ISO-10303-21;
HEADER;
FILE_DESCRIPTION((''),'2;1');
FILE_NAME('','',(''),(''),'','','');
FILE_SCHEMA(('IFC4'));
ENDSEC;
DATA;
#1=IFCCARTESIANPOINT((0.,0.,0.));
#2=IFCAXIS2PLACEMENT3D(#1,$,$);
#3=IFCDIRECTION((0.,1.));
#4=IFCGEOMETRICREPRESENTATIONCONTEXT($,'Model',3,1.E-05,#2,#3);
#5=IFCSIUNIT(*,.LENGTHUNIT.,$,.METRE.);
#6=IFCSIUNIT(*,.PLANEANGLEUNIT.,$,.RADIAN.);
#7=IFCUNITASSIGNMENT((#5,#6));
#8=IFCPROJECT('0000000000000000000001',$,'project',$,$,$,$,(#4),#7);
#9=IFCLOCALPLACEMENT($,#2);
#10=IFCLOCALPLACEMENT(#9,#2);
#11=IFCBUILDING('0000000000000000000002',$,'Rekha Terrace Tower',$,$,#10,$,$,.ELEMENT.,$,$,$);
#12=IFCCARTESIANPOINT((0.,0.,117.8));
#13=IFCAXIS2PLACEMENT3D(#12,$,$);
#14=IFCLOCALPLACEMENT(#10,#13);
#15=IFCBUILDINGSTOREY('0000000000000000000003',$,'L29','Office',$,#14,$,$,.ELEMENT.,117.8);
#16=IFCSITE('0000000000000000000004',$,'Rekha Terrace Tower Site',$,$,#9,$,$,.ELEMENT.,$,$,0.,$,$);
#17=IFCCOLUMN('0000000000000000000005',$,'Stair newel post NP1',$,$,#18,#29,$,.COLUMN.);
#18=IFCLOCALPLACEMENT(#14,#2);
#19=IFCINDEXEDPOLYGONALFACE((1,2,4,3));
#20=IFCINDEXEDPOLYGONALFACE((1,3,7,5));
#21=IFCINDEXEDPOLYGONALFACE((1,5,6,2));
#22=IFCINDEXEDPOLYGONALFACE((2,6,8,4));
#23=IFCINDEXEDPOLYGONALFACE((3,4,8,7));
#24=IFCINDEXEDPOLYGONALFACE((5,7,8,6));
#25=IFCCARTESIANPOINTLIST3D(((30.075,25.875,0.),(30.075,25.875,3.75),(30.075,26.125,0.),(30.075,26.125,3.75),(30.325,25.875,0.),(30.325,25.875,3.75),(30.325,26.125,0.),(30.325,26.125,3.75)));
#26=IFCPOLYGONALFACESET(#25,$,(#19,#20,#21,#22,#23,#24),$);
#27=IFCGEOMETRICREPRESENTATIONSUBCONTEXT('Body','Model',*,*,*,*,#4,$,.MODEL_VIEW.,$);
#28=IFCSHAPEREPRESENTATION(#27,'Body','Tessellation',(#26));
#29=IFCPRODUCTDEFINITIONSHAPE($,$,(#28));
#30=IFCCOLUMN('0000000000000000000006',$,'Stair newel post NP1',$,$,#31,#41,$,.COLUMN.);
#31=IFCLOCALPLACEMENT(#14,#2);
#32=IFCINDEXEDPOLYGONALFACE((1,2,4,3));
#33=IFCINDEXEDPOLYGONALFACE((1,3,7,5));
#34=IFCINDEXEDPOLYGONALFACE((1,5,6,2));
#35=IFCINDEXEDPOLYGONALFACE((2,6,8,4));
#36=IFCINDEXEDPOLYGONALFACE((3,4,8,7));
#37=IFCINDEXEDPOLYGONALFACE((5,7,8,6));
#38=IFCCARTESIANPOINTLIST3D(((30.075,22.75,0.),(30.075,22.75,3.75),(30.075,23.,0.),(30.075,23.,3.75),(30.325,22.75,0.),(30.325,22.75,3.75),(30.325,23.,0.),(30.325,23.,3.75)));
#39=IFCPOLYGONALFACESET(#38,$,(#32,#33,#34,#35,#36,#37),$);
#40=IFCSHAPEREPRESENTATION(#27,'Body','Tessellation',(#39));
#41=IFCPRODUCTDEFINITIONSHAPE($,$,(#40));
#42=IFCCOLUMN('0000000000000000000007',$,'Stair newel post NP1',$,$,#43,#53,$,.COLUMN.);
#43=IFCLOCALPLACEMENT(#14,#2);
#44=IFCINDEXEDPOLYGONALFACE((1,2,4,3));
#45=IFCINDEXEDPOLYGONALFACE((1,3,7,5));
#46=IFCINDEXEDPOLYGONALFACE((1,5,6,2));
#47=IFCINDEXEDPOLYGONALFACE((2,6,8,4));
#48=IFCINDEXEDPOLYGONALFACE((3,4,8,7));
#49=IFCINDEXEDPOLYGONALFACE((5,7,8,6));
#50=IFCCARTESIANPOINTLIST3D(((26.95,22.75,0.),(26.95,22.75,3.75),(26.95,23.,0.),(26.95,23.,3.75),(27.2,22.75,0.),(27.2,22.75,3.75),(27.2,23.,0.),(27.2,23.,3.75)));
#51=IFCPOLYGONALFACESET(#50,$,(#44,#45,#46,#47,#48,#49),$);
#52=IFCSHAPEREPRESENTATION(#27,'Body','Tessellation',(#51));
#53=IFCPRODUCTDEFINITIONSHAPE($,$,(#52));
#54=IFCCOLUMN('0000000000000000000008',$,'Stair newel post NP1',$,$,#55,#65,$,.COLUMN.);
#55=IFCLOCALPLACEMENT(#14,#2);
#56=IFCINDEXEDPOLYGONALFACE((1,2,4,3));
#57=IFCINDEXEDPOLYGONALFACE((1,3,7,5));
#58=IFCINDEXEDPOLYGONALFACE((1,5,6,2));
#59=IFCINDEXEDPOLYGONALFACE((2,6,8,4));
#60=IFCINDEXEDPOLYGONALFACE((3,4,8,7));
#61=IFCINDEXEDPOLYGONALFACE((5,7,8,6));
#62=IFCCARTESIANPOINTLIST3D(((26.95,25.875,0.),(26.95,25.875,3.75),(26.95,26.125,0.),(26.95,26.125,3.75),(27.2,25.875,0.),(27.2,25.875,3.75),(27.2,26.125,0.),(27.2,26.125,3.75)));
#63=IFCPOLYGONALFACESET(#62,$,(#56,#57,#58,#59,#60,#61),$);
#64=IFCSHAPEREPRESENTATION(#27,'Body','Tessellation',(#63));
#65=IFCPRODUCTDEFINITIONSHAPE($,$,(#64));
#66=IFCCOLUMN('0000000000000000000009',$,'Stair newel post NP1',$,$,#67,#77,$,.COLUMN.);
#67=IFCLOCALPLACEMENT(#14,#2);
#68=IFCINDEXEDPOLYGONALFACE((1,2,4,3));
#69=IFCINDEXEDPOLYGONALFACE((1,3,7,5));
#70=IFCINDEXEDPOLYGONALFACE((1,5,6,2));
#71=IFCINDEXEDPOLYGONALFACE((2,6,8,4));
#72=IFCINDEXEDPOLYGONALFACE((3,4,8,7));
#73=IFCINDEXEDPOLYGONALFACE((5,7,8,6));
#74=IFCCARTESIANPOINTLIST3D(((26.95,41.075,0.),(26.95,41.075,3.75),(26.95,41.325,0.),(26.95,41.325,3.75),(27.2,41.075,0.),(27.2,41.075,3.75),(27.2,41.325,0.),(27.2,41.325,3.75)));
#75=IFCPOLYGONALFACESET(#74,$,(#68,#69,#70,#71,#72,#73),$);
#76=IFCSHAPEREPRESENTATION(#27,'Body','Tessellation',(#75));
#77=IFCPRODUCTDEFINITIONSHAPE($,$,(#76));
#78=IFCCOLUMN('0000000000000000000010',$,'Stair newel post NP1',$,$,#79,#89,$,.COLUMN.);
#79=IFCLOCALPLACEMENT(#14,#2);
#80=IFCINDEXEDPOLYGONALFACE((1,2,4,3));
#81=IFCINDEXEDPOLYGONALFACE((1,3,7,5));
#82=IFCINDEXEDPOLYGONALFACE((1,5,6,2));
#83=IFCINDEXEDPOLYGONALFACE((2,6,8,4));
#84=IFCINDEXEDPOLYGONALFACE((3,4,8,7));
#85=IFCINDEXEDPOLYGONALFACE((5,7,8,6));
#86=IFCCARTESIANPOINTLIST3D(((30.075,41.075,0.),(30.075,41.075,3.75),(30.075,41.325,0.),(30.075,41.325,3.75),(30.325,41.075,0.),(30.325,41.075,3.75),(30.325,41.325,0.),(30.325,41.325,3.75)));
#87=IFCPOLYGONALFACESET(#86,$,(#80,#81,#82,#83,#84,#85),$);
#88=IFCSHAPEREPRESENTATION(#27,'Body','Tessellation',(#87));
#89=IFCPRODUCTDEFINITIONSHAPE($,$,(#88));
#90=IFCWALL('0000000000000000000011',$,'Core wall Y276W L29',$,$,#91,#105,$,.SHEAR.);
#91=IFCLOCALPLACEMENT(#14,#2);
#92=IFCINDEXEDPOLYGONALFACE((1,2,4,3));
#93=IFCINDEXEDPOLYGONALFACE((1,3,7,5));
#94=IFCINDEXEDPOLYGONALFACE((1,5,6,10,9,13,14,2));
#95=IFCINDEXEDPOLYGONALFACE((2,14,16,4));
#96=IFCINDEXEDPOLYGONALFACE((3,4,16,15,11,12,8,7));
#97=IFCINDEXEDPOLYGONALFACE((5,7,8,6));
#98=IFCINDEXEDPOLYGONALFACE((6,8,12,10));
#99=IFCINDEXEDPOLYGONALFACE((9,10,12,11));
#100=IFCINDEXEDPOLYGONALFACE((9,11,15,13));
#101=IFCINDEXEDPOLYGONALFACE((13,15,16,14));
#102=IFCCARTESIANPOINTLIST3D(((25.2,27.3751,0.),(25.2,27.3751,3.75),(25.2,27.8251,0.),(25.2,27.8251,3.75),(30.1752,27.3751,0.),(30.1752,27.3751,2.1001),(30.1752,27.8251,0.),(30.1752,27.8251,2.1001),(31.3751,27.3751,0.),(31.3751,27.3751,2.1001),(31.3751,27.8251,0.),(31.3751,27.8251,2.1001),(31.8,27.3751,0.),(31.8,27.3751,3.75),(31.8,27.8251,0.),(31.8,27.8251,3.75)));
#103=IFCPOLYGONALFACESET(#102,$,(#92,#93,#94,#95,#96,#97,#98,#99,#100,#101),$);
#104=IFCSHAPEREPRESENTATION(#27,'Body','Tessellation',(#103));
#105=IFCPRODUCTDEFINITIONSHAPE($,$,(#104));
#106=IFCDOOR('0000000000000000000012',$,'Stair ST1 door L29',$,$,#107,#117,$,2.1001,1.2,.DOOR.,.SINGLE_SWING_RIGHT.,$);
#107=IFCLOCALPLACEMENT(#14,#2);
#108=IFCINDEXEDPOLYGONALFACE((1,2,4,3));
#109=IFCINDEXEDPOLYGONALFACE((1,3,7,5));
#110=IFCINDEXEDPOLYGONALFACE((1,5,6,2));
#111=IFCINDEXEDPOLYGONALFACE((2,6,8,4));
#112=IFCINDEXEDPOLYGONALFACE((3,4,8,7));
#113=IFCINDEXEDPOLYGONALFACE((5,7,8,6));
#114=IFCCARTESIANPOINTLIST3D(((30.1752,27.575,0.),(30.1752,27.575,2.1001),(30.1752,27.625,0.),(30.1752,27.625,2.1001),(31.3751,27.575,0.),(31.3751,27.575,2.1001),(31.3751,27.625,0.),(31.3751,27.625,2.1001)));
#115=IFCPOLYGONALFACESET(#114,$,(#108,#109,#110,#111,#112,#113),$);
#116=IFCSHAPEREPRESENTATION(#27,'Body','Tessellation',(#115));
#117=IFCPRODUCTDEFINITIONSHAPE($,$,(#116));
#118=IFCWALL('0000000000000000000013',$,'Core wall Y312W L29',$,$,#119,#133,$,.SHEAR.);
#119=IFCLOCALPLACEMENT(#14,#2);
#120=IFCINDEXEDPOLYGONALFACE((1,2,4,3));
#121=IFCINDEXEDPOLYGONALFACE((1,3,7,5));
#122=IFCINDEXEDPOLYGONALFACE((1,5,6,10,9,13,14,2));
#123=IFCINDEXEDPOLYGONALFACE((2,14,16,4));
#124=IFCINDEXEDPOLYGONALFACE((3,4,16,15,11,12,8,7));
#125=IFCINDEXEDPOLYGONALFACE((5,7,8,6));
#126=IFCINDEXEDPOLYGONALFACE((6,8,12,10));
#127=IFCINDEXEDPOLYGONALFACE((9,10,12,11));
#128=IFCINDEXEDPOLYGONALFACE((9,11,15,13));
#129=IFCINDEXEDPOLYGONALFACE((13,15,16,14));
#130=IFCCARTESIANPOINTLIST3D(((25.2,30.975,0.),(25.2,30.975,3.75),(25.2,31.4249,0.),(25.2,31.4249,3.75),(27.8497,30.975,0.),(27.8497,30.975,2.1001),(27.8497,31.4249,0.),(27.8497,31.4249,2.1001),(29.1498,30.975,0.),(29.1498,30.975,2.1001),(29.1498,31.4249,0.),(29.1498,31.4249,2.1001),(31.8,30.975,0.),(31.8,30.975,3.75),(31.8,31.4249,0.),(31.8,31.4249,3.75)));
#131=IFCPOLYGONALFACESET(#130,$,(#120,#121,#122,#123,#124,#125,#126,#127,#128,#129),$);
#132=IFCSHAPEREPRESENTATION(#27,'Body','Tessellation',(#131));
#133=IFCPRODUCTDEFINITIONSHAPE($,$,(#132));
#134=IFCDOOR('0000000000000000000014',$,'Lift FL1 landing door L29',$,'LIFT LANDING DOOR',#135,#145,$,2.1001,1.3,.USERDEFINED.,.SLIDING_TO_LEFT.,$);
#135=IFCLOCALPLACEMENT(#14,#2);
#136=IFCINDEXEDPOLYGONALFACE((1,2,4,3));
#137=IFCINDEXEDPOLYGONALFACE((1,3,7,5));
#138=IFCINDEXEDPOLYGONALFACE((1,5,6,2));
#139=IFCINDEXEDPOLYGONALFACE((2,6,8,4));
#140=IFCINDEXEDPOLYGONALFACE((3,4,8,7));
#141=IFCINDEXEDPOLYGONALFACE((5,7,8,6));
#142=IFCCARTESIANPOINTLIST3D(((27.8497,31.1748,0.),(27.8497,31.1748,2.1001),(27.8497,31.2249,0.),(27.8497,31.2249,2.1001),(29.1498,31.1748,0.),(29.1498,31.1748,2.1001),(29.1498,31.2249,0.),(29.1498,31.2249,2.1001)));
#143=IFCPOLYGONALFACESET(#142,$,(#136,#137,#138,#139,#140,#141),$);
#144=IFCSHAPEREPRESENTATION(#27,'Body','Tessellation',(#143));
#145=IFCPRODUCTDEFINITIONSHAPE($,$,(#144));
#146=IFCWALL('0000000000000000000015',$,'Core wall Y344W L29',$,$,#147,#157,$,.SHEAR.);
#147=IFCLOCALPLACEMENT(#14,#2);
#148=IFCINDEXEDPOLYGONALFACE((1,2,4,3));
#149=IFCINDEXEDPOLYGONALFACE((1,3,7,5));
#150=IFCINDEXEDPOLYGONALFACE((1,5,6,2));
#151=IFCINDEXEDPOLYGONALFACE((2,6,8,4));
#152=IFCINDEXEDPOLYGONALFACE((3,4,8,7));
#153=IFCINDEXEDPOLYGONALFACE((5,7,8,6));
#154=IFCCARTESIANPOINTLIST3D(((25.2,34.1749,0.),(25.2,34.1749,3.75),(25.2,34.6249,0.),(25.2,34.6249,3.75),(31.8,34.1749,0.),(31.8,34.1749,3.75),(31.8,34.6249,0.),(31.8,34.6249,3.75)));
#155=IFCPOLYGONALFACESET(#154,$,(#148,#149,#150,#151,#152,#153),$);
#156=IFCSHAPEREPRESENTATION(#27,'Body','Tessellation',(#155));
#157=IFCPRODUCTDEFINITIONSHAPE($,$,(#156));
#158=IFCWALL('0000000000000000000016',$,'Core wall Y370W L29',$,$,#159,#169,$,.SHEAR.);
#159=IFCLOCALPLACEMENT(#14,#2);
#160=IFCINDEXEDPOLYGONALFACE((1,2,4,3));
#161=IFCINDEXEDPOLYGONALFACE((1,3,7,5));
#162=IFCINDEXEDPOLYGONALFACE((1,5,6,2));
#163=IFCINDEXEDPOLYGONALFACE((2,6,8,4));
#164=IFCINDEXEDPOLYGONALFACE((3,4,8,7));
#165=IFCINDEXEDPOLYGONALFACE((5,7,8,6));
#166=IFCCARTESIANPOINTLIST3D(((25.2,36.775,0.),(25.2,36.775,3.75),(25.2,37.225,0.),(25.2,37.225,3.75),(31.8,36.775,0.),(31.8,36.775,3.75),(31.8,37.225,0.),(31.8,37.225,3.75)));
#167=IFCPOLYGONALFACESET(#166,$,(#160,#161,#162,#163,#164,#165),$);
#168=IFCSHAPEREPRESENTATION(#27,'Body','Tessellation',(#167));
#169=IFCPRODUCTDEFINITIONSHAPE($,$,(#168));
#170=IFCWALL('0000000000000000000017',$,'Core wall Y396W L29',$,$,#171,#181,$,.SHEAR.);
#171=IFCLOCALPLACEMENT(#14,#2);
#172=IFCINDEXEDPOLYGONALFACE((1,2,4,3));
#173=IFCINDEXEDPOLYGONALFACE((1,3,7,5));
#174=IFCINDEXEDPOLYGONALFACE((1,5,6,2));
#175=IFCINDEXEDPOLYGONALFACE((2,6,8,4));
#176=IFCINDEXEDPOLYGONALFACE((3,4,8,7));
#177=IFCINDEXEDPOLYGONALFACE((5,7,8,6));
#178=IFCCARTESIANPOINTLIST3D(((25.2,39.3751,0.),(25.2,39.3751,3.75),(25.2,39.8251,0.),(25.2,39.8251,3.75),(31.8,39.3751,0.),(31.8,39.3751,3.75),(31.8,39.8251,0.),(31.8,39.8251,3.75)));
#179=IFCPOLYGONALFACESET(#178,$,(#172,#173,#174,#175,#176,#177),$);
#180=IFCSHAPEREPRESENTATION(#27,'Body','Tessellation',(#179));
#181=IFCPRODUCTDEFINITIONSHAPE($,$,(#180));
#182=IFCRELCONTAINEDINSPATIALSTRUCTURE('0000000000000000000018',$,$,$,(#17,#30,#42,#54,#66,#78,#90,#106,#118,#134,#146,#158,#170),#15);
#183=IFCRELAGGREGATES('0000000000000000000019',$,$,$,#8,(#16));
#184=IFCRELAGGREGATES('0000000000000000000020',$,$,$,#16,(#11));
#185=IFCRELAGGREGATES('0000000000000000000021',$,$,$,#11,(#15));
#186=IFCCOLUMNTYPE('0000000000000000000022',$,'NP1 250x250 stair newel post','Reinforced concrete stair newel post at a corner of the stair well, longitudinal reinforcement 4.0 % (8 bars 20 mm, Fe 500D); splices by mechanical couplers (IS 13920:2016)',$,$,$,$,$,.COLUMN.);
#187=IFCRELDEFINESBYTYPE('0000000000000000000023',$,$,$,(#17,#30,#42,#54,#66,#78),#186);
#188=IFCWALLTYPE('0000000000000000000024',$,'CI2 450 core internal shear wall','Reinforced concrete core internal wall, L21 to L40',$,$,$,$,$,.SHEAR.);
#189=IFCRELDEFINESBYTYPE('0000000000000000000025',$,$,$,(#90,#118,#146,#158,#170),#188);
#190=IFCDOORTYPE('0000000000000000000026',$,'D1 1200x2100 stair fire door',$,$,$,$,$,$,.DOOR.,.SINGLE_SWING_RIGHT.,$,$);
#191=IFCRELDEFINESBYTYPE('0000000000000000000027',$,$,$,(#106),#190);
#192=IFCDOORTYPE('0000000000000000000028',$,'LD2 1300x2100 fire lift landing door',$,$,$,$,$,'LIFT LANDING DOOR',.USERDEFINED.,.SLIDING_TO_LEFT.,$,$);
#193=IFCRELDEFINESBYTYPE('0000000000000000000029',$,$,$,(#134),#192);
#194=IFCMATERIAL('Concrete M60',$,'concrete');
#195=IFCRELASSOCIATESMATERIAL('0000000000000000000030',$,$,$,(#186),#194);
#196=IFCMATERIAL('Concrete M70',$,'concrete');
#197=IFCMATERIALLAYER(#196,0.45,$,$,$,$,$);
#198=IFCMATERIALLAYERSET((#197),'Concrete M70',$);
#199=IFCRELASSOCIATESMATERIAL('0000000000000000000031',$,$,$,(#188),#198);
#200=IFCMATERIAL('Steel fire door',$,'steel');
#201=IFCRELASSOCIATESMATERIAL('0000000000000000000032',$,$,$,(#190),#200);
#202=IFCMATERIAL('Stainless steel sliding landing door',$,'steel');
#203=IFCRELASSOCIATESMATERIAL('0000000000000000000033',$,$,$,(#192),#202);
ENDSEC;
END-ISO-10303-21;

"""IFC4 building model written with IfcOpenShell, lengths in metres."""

from ifc_helpers import new_model, si_unit, direction, frame, frame_2d, origin, origin_2d, place, context, subcontext, project, spatial, rectangle, extrude, material, layer, layer_set, material_profile, profile_set, type_object, element, fill, save


model = new_model("IFC4")

# Units and contexts
model_context = context("Model", 3, precision=1e-05, world=origin(), true_north=direction((0.0, 1.0)))
body_context = subcontext(model_context, "Body", "Model", "MODEL_VIEW")
ifc_project = project(units=[si_unit("LENGTHUNIT", "METRE"), si_unit("PLANEANGLEUNIT", "RADIAN")], contexts=[model_context])

# Site, building, storey
site_placement = place(None, origin())
site = spatial("IfcSite", under=ifc_project, at=site_placement, Name="Rekha Terrace Tower Site", CompositionType="ELEMENT", RefElevation=0.0)
building_placement = place(site_placement, origin())
building = spatial("IfcBuilding", under=site, at=building_placement, Name="Rekha Terrace Tower", CompositionType="ELEMENT")
storey_placement = place(building_placement, frame((0.0, 0.0, 117.8)))
storey = spatial("IfcBuildingStorey", under=building, at=storey_placement, Name="L29", Description="Office", CompositionType="ELEMENT", Elevation=117.8)

# Columns
ifc_material_1 = material(Name="Concrete M60", Category="concrete")
ifc_material_profile = material_profile(ifc_material_1, rectangle(XDim=0.25, YDim=0.25, at=origin_2d()), Name="RC 250x250")
ifc_profile_set = profile_set([ifc_material_profile], Name="Concrete M60")
column_type = type_object("IfcColumnType", Name="NP1 250x250 stair newel post", Description="Reinforced concrete stair newel post at a corner of the stair well, longitudinal reinforcement 4.0 % (8 bars 20 mm, Fe 500D); splices by mechanical couplers (IS 13920:2016)", PredefinedType="COLUMN", material=ifc_profile_set)
for number, where, z_axis, x_axis, name in (
    (1, (30.2, 26.0, 0.0), (0.0, 0.0, 1.0), (1.0, 0.0, 0.0), "Stair newel post NP1"),
    (2, (30.2, 22.875, 0.0), (0.0, 0.0, 1.0), (1.0, 0.0, 0.0), "Stair newel post NP1"),
    (3, (27.075, 22.875, 0.0), (0.0, 0.0, 1.0), (1.0, 0.0, 0.0), "Stair newel post NP1"),
    (4, (27.075, 26.0, 0.0), (0.0, 0.0, 1.0), (1.0, 0.0, 0.0), "Stair newel post NP1"),
    (5, (27.075, 41.2, 0.0), (0.0, 0.0, 1.0), (1.0, 0.0, 0.0), "Stair newel post NP1"),
    (6, (30.2, 41.2, 0.0), (0.0, 0.0, 1.0), (1.0, 0.0, 0.0), "Stair newel post NP1"),
):
    element("IfcColumn", number, at=place(storey_placement, frame(where, z_axis=z_axis, x_axis=x_axis)), inside=storey, type_object=column_type, Name=name, PredefinedType="COLUMN", context=body_context, shape_type="SweptSolid", body=[
        extrude(rectangle(XDim=0.25, YDim=0.25, at=origin_2d()), origin(), (0.0, 0.0, 1.0), 3.75),
    ])

# Walls, openings, doors
ifc_material_2 = material(Name="Concrete M70", Category="concrete")
ifc_layer_1 = layer(ifc_material_2, 0.45)
ifc_layer_set_1 = layer_set([ifc_layer_1], Name="Concrete M70")
wall_type_1 = type_object("IfcWallType", Name="CI2 450 core internal shear wall", Description="Reinforced concrete core internal wall, L21 to L40", PredefinedType="SHEAR", material=ifc_layer_set_1)
wall_1_placement = place(storey_placement, frame((25.2, 27.6001, 0.0), z_axis=(0.0, 0.0, 1.0), x_axis=(1.0, 0.0, 0.0)))
wall_1 = element("IfcWall", 7, at=wall_1_placement, inside=storey, type_object=wall_type_1, Name="Core wall Y276W L29", PredefinedType="SHEAR", context=body_context, shape_type="SweptSolid", body=[
    extrude(rectangle(XDim=6.6001, YDim=0.45, at=frame_2d((3.3, 0.0))), origin(), (0.0, 0.0, 1.0), 3.75),
])
opening_1_placement = place(wall_1_placement, frame((4.9751, 0.0, 0.0)))
opening_1 = element("IfcOpeningElement", 8, at=opening_1_placement, cuts=wall_1, PredefinedType="OPENING", context=body_context, shape_type="SweptSolid", body=[
    extrude(rectangle(XDim=1.2, YDim=2.1001, at=frame_2d((0.6001, 1.05))), frame((0.0, 0.2349, 0.0), z_axis=(0.0, -1.0, 0.0), x_axis=(1.0, 0.0, 0.0)), (0.0, 0.0, 1.0), 0.47),
])
ifc_material_3 = material(Name="Steel fire door", Category="steel")
door_type_1 = type_object("IfcDoorType", Name="D1 1200x2100 stair fire door", OperationType="SINGLE_SWING_RIGHT", PredefinedType="DOOR", material=ifc_material_3)
door_1_placement = place(opening_1_placement, origin())
door_1 = element("IfcDoor", 9, at=door_1_placement, inside=storey, type_object=door_type_1, Name="Stair ST1 door L29", OperationType="SINGLE_SWING_RIGHT", OverallHeight=2.1001, OverallWidth=1.2, PredefinedType="DOOR", context=body_context, shape_type="SweptSolid", body=[
    extrude(rectangle(XDim=1.2, YDim=2.1001, at=frame_2d((0.6001, 1.05))), frame((0.0, 0.0249, 0.0), z_axis=(0.0, -1.0, 0.0), x_axis=(1.0, 0.0, 0.0)), (0.0, 0.0, 1.0), 0.05),
])
fill(opening_1, door_1)
wall_2_placement = place(storey_placement, frame((25.2, 31.2, 0.0), z_axis=(0.0, 0.0, 1.0), x_axis=(1.0, 0.0, 0.0)))
wall_2 = element("IfcWall", 10, at=wall_2_placement, inside=storey, type_object=wall_type_1, Name="Core wall Y312W L29", PredefinedType="SHEAR", context=body_context, shape_type="SweptSolid", body=[
    extrude(rectangle(XDim=6.6001, YDim=0.45, at=frame_2d((3.3, 0.0))), origin(), (0.0, 0.0, 1.0), 3.75),
])
opening_2_placement = place(wall_2_placement, frame((2.6499, 0.0, 0.0)))
opening_2 = element("IfcOpeningElement", 11, at=opening_2_placement, cuts=wall_2, PredefinedType="OPENING", context=body_context, shape_type="SweptSolid", body=[
    extrude(rectangle(XDim=1.3, YDim=2.1001, at=frame_2d((0.6499, 1.05))), frame((0.0, 0.2349, 0.0), z_axis=(0.0, -1.0, 0.0), x_axis=(1.0, 0.0, 0.0)), (0.0, 0.0, 1.0), 0.47),
])
ifc_material_4 = material(Name="Stainless steel sliding landing door", Category="steel")
door_type_2 = type_object("IfcDoorType", Name="LD2 1300x2100 fire lift landing door", ElementType="LIFT LANDING DOOR", OperationType="SLIDING_TO_LEFT", PredefinedType="USERDEFINED", material=ifc_material_4)
door_2_placement = place(opening_2_placement, origin())
door_2 = element("IfcDoor", 12, at=door_2_placement, inside=storey, type_object=door_type_2, Name="Lift FL1 landing door L29", ObjectType="LIFT LANDING DOOR", OperationType="SLIDING_TO_LEFT", OverallHeight=2.1001, OverallWidth=1.3, PredefinedType="USERDEFINED", context=body_context, shape_type="SweptSolid", body=[
    extrude(rectangle(XDim=1.3, YDim=2.1001, at=frame_2d((0.6499, 1.05))), frame((0.0, 0.0249, 0.0), z_axis=(0.0, -1.0, 0.0), x_axis=(1.0, 0.0, 0.0)), (0.0, 0.0, 1.0), 0.05),
])
fill(opening_2, door_2)

# Walls
for number, where, z_axis, x_axis, name in (
    (13, (25.2, 34.3999, 0.0), (0.0, 0.0, 1.0), (1.0, 0.0, 0.0), "Core wall Y344W L29"),
    (14, (25.2, 37.0, 0.0), (0.0, 0.0, 1.0), (1.0, 0.0, 0.0), "Core wall Y370W L29"),
    (15, (25.2, 39.6001, 0.0), (0.0, 0.0, 1.0), (1.0, 0.0, 0.0), "Core wall Y396W L29"),
):
    element("IfcWall", number, at=place(storey_placement, frame(where, z_axis=z_axis, x_axis=x_axis)), inside=storey, type_object=wall_type_1, Name=name, PredefinedType="SHEAR", context=body_context, shape_type="SweptSolid", body=[
        extrude(rectangle(XDim=6.6001, YDim=0.45, at=frame_2d((3.3, 0.0))), origin(), (0.0, 0.0, 1.0), 3.75),
    ])

save(model, "model.ifc")
